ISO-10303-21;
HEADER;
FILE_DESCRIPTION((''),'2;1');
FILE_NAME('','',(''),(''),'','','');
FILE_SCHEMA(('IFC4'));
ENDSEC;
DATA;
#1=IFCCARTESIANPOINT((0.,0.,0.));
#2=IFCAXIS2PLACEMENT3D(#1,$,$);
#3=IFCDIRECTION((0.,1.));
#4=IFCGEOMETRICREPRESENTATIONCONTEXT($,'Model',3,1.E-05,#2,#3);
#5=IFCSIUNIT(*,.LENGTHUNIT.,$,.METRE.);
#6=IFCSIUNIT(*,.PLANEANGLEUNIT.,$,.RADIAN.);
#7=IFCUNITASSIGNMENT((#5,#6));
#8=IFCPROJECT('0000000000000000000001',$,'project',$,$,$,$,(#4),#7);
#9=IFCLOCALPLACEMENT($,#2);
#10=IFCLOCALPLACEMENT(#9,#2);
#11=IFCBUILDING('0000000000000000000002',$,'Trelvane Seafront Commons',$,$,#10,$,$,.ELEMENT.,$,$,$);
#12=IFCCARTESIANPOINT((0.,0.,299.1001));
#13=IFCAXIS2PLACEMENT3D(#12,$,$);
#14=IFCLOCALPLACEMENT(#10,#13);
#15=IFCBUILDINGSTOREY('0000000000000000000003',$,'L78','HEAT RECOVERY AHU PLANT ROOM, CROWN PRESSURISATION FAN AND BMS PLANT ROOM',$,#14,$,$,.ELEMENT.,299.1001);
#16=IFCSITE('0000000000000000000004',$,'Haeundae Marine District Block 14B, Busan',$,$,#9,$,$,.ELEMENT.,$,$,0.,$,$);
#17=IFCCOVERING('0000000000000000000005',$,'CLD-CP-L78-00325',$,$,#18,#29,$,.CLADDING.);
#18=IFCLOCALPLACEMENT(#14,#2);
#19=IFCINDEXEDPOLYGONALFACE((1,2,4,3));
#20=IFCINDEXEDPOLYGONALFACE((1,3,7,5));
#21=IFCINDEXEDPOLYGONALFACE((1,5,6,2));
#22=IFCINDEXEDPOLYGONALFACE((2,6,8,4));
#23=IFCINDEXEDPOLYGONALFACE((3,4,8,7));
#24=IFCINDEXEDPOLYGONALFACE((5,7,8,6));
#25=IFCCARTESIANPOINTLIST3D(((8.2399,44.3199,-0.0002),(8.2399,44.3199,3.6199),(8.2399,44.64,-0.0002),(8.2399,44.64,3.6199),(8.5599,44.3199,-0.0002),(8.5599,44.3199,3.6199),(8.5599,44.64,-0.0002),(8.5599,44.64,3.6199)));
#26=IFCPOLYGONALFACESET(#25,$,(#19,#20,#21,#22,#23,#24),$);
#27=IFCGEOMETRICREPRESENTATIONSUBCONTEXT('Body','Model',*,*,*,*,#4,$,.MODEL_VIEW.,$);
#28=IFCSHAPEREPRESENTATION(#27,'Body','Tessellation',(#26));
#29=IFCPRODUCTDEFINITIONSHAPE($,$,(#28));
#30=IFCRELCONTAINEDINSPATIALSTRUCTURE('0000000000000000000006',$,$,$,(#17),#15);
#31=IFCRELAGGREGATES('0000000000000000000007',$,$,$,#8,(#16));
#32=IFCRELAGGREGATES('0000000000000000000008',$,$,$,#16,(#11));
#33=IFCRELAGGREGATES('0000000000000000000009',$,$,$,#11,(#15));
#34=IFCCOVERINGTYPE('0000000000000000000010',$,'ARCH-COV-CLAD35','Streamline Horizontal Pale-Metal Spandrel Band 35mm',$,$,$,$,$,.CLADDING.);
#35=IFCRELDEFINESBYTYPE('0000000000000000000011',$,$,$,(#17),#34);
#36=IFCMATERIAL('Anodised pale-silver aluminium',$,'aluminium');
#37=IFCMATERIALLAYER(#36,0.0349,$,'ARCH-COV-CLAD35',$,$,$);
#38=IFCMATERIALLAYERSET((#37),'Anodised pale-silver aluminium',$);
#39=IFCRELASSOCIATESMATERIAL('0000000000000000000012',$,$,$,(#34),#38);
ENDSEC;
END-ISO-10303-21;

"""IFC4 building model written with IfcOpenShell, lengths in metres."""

from ifc_helpers import new_model, si_unit, direction, frame, origin, origin_2d, place, context, subcontext, project, spatial, rectangle, extrude, source, transform, mapped, material, layer, layer_set, type_object, element, save


model = new_model("IFC4")

# Units and contexts
model_context = context("Model", 3, precision=1e-05, world=origin(), true_north=direction((0.0, 1.0)))
body_context = subcontext(model_context, "Body", "Model", "MODEL_VIEW")
ifc_project = project(units=[si_unit("LENGTHUNIT", "METRE"), si_unit("PLANEANGLEUNIT", "RADIAN")], contexts=[model_context])

# Site, building, storey
site_placement = place(None, origin())
site = spatial("IfcSite", under=ifc_project, at=site_placement, Name="Haeundae Marine District Block 14B, Busan", CompositionType="ELEMENT", RefElevation=0.0)
building_placement = place(site_placement, origin())
building = spatial("IfcBuilding", under=site, at=building_placement, Name="Trelvane Seafront Commons", CompositionType="ELEMENT")
storey_placement = place(building_placement, frame((0.0, 0.0, 299.1001)))
storey = spatial("IfcBuildingStorey", under=building, at=storey_placement, Name="L78", Description="HEAT RECOVERY AHU PLANT ROOM, CROWN PRESSURISATION FAN AND BMS PLANT ROOM", CompositionType="ELEMENT", Elevation=299.1001)

# Shared definitions
ifc_material_1 = material(Name="Anodised pale-silver aluminium", Category="aluminium")

# Covering
ifc_layer_1 = layer(ifc_material_1, 0.0349, Name="ARCH-COV-CLAD35")
ifc_layer_set_1 = layer_set([ifc_layer_1], Name="Anodised pale-silver aluminium")
covering_type = type_object("IfcCoveringType", Name="ARCH-COV-CLAD35", Description="Streamline Horizontal Pale-Metal Spandrel Band 35mm", PredefinedType="CLADDING", material=ifc_layer_set_1)
shared_shape_1 = source(origin(), body_context, "Body", "SweptSolid", [
    extrude(rectangle(XDim=0.3201, YDim=0.3201, at=origin_2d()), origin(), (0.0, 0.0, 1.0), 3.6201),
])
covering_placement = place(storey_placement, frame((8.3999, 44.48, -0.0002), z_axis=(0.0, 0.0, 1.0), x_axis=(1.0, 0.0, 0.0)))
element("IfcCovering", 1, at=covering_placement, inside=storey, type_object=covering_type, Name="CLD-CP-L78-00325", PredefinedType="CLADDING", context=body_context, shape_type="MappedRepresentation", body=[
    mapped(shared_shape_1, transform((0.0, 0.0, 0.0), x_axis=(1.0, 0.0, 0.0), y_axis=(0.0, 1.0, 0.0), z_axis=(0.0, 0.0, 1.0), scale=1.0)),
])

save(model, "model.ifc")
